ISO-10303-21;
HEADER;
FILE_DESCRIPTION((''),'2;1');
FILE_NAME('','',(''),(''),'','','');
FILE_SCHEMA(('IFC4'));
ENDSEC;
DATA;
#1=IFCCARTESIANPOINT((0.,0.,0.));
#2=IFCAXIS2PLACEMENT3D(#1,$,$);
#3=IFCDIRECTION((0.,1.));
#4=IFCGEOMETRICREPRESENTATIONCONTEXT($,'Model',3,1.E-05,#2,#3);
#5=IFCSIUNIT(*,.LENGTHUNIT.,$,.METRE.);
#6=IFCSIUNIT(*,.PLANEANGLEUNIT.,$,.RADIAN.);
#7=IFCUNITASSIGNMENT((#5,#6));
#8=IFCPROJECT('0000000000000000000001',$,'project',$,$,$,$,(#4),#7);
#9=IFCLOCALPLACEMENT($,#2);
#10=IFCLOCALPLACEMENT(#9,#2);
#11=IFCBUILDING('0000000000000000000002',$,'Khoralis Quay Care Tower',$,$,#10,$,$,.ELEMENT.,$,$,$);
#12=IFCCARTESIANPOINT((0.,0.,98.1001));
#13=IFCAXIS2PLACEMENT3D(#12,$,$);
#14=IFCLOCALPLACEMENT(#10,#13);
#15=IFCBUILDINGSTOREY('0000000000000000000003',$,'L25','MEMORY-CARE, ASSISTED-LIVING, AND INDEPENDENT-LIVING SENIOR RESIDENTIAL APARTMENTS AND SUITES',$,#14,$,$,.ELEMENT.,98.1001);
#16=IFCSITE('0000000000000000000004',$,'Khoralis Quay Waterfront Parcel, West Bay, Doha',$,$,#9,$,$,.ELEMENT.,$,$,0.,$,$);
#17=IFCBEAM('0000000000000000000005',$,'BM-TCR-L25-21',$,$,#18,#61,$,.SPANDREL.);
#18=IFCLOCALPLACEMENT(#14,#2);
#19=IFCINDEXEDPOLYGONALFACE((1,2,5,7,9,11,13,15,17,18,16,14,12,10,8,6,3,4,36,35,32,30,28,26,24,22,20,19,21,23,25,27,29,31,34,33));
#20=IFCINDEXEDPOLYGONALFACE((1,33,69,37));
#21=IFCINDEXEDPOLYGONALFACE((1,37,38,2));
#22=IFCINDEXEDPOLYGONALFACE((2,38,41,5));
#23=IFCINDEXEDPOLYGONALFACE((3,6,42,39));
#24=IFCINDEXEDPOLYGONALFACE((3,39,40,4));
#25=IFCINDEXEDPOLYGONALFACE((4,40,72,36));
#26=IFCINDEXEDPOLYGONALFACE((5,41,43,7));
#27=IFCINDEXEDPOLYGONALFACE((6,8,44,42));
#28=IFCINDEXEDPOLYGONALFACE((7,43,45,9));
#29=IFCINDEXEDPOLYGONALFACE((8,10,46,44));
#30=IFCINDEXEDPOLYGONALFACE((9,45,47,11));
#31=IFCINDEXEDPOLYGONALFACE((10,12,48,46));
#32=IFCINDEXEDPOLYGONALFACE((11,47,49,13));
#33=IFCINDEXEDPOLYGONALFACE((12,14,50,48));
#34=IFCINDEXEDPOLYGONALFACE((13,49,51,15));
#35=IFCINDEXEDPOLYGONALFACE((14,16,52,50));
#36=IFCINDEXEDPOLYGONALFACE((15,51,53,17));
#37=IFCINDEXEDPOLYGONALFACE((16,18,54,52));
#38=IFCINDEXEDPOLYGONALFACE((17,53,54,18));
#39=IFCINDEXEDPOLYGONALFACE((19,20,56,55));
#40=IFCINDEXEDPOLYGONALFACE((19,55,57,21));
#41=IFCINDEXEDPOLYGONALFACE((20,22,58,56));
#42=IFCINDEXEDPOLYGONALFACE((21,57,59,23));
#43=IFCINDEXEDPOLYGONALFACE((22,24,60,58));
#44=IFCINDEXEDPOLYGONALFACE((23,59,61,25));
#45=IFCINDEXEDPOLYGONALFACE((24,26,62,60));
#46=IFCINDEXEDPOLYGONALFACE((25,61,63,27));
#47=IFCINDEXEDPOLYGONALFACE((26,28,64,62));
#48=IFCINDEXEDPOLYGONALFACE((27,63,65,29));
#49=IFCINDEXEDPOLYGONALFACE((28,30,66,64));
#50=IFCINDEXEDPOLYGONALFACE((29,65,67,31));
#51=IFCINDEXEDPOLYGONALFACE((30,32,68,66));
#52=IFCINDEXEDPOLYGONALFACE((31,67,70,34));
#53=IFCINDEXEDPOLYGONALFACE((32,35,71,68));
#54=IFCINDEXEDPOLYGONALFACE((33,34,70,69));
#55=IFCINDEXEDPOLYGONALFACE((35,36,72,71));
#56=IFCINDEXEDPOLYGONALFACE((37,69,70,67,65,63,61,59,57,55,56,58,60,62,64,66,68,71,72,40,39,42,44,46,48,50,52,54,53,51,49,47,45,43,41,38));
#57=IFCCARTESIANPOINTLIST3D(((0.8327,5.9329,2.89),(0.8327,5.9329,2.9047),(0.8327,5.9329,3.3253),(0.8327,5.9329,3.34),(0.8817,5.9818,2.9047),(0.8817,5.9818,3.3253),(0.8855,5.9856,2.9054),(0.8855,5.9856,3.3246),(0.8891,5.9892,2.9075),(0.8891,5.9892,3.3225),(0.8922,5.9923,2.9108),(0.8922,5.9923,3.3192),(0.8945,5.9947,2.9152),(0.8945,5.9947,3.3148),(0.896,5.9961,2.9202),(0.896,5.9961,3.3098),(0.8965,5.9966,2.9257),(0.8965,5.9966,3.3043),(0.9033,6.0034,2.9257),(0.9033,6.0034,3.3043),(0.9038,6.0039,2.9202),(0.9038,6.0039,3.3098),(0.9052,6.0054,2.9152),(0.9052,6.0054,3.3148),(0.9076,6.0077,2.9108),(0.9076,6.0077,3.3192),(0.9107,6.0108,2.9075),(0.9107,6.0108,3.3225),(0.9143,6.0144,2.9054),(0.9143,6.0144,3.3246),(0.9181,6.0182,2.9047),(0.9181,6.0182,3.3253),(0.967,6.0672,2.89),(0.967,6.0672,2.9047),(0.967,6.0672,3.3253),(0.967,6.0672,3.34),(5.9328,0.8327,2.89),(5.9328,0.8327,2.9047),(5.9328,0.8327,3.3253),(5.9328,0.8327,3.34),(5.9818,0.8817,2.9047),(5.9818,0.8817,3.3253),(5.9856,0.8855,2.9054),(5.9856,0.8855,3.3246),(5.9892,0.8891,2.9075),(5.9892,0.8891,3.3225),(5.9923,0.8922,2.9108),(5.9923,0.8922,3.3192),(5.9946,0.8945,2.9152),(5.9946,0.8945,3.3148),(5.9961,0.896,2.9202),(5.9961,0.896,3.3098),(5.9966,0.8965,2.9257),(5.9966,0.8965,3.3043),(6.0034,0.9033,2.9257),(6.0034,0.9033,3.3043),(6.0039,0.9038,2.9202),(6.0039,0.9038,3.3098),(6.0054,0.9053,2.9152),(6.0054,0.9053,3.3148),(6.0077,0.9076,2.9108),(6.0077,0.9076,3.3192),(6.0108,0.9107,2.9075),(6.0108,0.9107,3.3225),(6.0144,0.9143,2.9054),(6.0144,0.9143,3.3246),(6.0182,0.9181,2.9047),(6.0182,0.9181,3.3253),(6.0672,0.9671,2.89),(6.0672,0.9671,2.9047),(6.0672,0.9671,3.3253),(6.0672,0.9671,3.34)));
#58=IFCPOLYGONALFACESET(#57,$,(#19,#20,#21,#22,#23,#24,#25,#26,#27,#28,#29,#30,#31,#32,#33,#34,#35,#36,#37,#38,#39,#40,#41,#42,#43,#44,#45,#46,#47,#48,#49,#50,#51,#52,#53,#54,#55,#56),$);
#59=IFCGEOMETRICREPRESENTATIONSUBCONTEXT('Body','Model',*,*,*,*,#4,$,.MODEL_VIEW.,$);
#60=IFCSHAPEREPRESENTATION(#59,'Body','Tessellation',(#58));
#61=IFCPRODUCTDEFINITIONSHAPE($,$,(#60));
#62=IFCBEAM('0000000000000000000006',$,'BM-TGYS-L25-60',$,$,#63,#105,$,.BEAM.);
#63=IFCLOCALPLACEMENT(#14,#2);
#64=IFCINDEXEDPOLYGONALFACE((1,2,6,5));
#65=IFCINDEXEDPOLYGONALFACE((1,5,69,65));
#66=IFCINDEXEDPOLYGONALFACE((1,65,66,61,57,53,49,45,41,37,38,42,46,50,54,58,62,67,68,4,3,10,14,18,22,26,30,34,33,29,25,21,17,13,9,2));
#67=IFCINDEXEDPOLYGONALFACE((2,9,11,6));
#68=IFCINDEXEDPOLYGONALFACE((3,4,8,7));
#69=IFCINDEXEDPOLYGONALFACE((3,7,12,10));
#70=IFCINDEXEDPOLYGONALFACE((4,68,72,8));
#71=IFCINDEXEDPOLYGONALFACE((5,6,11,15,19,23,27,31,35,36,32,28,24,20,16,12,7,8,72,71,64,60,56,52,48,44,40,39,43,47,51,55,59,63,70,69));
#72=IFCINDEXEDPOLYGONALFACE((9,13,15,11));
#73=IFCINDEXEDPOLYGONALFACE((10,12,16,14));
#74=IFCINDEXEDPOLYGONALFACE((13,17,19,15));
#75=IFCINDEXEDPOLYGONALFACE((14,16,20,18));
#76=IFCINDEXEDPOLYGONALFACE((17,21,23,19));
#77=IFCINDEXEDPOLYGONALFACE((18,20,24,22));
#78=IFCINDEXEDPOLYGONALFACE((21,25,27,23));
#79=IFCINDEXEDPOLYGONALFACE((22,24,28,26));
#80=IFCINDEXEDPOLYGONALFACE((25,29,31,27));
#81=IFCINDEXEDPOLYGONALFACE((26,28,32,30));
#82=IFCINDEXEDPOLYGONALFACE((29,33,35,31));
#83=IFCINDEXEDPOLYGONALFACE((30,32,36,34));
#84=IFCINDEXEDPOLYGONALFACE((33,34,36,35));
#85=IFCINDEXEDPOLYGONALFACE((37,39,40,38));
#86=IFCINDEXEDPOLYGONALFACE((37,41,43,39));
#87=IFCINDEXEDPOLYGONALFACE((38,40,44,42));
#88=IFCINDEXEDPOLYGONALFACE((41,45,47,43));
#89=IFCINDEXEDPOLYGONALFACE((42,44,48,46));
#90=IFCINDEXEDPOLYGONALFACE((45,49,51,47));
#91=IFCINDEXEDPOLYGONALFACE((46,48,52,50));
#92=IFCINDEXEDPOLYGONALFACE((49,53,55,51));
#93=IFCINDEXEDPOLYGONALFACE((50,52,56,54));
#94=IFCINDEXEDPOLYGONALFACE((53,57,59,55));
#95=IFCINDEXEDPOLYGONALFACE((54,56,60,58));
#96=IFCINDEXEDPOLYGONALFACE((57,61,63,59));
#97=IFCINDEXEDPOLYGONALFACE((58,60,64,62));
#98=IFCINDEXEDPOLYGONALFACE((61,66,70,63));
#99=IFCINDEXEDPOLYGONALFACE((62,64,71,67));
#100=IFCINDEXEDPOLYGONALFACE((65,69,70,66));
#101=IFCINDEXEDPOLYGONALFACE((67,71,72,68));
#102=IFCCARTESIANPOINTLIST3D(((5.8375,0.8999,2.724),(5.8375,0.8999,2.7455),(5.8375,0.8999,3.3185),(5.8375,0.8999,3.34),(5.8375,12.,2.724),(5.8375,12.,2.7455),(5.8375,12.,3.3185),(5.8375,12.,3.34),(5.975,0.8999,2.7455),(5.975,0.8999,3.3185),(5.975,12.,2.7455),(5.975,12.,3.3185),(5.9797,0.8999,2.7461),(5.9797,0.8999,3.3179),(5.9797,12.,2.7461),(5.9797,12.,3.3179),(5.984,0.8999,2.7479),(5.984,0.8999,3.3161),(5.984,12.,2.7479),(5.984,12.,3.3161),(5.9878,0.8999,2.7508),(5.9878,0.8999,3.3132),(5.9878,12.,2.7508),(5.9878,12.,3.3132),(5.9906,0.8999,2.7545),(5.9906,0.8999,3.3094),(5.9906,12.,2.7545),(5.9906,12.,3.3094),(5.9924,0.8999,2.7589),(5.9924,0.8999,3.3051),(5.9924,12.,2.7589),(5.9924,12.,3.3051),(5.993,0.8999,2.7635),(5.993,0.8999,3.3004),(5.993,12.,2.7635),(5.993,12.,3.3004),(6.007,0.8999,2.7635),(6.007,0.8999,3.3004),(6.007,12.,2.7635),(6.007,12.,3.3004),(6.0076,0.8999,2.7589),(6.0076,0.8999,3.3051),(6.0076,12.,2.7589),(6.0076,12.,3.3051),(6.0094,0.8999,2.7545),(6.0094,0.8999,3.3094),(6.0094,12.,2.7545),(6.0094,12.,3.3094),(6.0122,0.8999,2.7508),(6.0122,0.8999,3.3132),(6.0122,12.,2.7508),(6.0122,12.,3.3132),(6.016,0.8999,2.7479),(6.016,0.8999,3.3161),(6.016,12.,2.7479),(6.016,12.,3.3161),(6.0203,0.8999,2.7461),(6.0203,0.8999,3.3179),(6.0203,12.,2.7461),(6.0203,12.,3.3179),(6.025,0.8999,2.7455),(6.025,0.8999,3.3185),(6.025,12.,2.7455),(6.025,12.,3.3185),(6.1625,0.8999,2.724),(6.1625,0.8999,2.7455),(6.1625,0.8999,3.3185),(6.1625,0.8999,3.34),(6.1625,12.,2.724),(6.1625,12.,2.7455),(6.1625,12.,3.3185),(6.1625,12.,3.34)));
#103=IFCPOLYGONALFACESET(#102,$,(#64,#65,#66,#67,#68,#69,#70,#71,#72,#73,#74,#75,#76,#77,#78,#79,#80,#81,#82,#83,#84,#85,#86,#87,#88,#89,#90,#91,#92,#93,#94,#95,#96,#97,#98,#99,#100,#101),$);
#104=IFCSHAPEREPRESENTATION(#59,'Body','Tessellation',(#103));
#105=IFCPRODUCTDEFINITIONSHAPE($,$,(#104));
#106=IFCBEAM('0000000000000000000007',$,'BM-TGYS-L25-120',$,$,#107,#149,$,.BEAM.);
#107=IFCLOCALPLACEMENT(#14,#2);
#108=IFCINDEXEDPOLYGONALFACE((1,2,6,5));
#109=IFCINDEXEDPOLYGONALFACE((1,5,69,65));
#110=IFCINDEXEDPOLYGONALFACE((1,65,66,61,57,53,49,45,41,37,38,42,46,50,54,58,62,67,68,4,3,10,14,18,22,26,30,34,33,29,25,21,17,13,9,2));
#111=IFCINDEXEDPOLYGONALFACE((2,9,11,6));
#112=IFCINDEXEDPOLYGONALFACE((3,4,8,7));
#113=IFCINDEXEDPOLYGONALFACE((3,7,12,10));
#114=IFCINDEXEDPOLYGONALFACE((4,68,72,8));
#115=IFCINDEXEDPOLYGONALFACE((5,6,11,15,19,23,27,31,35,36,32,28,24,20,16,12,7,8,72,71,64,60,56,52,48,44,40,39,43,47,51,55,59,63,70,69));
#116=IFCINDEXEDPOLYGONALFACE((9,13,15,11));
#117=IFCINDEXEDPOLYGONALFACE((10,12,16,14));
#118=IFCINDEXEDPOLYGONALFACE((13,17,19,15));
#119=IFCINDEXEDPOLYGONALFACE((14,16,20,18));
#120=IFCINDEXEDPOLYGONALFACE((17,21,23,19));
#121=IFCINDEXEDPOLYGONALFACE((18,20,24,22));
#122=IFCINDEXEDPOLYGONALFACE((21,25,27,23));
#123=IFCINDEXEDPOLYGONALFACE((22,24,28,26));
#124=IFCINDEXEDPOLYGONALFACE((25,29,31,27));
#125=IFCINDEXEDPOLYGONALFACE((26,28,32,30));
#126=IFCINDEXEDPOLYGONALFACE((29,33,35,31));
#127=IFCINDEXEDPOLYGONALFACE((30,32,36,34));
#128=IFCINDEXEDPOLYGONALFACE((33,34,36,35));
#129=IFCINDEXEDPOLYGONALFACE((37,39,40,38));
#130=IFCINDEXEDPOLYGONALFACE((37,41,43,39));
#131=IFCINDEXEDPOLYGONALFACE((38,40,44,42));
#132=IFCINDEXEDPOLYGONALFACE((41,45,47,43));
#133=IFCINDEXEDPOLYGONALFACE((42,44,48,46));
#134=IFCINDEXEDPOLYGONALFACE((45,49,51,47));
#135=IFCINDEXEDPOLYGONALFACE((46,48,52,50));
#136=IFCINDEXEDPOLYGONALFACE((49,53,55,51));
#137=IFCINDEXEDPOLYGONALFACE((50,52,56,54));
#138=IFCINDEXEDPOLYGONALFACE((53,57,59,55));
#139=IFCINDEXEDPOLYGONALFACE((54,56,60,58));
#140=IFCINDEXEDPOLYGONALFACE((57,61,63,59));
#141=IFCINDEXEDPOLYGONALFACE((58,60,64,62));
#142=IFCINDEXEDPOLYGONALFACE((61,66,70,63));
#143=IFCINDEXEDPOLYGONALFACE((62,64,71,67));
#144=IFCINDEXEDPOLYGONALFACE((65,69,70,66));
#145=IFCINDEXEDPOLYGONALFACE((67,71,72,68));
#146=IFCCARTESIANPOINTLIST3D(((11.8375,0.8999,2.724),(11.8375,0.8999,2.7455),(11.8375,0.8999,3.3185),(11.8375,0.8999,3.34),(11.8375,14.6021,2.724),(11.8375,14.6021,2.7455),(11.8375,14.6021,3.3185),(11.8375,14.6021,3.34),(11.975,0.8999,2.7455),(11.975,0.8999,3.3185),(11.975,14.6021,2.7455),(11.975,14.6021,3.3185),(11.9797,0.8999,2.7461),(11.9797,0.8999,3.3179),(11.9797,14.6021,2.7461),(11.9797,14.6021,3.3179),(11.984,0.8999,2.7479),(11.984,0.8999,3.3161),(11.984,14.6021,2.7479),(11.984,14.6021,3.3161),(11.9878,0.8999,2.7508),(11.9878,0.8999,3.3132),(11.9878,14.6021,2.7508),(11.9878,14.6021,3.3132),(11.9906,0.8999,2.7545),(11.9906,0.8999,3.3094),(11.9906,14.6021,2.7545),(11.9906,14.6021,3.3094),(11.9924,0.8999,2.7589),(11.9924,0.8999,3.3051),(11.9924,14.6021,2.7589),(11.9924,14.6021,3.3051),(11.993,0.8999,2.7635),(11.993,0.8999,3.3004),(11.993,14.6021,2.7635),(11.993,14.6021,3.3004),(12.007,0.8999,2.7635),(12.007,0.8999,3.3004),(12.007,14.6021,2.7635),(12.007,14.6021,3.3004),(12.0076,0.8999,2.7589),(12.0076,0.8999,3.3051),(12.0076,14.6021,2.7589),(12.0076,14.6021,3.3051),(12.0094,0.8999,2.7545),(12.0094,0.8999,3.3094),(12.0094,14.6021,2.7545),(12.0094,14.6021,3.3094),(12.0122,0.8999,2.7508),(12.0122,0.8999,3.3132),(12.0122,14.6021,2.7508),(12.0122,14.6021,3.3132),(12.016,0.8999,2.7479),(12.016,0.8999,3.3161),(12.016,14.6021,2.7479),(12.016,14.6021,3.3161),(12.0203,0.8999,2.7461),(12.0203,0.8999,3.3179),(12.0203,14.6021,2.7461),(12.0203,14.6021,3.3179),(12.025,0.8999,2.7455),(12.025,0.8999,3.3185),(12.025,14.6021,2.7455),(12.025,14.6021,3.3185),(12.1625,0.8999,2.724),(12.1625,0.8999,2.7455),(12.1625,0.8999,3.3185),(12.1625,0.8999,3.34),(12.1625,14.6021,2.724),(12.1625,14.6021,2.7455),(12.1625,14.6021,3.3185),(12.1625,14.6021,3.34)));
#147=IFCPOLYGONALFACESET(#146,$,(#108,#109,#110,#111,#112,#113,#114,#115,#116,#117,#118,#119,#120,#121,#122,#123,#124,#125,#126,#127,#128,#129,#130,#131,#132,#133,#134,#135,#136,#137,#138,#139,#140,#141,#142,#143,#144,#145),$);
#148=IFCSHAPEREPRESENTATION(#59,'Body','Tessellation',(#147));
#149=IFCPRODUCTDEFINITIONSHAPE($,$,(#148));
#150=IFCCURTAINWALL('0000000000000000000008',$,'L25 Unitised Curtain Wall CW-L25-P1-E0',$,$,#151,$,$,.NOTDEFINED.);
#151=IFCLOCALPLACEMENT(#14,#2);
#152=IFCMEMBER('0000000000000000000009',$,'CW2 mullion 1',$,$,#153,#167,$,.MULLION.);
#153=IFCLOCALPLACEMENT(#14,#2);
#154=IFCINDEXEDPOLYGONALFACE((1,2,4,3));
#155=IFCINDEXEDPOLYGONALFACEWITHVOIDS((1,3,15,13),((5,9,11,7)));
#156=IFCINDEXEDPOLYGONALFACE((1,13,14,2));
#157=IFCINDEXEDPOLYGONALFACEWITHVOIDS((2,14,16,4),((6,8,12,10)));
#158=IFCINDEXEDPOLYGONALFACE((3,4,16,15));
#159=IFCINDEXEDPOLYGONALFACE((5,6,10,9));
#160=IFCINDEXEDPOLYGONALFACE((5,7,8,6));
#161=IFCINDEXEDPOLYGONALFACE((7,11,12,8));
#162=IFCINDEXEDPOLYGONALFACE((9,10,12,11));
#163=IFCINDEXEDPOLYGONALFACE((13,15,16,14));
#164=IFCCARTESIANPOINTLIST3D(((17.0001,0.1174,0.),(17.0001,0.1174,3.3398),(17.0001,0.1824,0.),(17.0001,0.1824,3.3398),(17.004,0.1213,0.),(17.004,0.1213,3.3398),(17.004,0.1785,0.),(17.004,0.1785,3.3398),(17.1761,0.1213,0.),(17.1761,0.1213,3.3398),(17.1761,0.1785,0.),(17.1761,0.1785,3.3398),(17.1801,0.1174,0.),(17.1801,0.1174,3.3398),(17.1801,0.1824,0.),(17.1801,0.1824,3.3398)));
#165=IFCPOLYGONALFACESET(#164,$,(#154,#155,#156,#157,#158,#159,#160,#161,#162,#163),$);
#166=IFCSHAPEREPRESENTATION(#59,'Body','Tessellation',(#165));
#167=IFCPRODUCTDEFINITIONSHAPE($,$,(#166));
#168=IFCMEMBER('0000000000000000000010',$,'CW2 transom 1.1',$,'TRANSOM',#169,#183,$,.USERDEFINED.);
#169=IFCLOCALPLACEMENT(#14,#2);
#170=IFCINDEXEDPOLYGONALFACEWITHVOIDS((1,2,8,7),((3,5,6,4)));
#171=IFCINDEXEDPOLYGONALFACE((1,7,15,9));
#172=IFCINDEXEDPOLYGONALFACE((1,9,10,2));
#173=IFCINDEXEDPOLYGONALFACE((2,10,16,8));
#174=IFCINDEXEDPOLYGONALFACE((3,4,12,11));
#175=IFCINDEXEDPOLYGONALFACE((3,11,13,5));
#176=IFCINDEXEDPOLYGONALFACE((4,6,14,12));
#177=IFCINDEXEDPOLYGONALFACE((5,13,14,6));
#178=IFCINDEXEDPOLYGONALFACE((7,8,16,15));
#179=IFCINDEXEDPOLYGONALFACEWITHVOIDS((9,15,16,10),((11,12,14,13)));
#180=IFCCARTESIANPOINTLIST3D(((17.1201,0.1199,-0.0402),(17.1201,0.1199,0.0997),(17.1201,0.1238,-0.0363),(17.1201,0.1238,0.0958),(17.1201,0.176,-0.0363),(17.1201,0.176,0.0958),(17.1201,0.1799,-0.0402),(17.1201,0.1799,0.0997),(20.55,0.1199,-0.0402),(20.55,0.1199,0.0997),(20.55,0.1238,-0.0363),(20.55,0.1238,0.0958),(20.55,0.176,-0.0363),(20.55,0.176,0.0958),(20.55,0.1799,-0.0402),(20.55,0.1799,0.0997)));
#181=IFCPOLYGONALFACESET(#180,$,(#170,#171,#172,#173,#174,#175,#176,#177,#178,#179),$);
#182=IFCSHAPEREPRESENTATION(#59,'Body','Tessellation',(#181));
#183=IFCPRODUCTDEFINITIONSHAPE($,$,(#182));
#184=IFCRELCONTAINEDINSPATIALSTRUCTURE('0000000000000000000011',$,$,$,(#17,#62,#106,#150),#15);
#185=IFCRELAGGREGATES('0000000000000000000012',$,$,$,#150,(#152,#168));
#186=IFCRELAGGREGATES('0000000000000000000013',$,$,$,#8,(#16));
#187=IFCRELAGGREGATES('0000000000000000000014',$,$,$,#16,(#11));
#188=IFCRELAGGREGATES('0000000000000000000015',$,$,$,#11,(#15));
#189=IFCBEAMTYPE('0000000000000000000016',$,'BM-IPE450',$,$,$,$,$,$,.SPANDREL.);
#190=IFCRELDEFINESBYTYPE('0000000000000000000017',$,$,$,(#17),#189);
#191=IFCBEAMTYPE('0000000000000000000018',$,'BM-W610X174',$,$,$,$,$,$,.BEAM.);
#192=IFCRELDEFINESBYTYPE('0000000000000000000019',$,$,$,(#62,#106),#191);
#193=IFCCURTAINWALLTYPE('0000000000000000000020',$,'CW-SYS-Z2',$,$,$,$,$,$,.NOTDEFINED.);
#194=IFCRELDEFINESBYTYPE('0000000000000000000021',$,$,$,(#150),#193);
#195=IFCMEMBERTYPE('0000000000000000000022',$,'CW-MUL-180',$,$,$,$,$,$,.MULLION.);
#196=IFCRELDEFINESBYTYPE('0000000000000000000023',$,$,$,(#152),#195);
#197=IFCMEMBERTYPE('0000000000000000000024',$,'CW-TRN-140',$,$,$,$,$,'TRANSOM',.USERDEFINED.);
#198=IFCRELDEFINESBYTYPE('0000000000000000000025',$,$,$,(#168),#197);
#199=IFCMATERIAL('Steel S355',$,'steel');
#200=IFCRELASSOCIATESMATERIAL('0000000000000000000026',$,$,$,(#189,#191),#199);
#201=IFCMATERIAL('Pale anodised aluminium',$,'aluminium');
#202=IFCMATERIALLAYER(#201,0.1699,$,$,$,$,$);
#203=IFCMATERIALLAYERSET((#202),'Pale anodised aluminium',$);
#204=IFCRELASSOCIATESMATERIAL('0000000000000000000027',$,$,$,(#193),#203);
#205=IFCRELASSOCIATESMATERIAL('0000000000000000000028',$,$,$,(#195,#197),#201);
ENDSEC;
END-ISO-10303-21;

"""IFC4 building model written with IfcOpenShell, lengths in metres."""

from ifc_helpers import new_model, si_unit, direction, frame, origin, origin_2d, place, context, subcontext, project, spatial, hollow_rectangle, i_section, extrude, source, transform, mapped, material, layer, layer_set, material_profile, profile_set, type_object, element, aggregate, save


model = new_model("IFC4")

# Units and contexts
model_context = context("Model", 3, precision=1e-05, world=origin(), true_north=direction((0.0, 1.0)))
body_context = subcontext(model_context, "Body", "Model", "MODEL_VIEW")
ifc_project = project(units=[si_unit("LENGTHUNIT", "METRE"), si_unit("PLANEANGLEUNIT", "RADIAN")], contexts=[model_context])

# Site, building, storey
site_placement = place(None, origin())
site = spatial("IfcSite", under=ifc_project, at=site_placement, Name="Khoralis Quay Waterfront Parcel, West Bay, Doha", CompositionType="ELEMENT", RefElevation=0.0)
building_placement = place(site_placement, origin())
building = spatial("IfcBuilding", under=site, at=building_placement, Name="Khoralis Quay Care Tower", CompositionType="ELEMENT")
storey_placement = place(building_placement, frame((0.0, 0.0, 98.1001)))
storey = spatial("IfcBuildingStorey", under=building, at=storey_placement, Name="L25", Description="MEMORY-CARE, ASSISTED-LIVING, AND INDEPENDENT-LIVING SENIOR RESIDENTIAL APARTMENTS AND SUITES", CompositionType="ELEMENT", Elevation=98.1001)

# Beams
ifc_material_1 = material(Name="Steel S355", Category="steel")
ifc_material_profile_1 = material_profile(ifc_material_1, i_section(OverallWidth=0.1899, OverallDepth=0.45, WebThickness=0.0095, FlangeThickness=0.0146, FilletRadius=0.021, at=origin_2d()), Name="Steel S355")
ifc_profile_set_1 = profile_set([ifc_material_profile_1], Name="Steel S355")
beam_type_1 = type_object("IfcBeamType", Name="BM-IPE450", PredefinedType="SPANDREL", material=ifc_profile_set_1)
shared_shape_1 = source(origin(), body_context, "Body", "SweptSolid", [
    extrude(i_section(OverallWidth=0.1899, OverallDepth=0.45, WebThickness=0.0095, FlangeThickness=0.0146, FilletRadius=0.021, at=origin_2d()), origin(), (0.0, 0.0, 1.0), 7.2126),
])
beam_1_placement = place(storey_placement, frame((6.0, 0.8999, 3.115), z_axis=(-0.707107, 0.707107, 0.0), x_axis=(-0.707107, -0.707107, 0.0)))
element("IfcBeam", 1, at=beam_1_placement, inside=storey, type_object=beam_type_1, Name="BM-TCR-L25-21", PredefinedType="SPANDREL", context=body_context, shape_type="MappedRepresentation", body=[
    mapped(shared_shape_1, transform((0.0, 0.0, 0.0), scale=1.0)),
])
ifc_material_profile_2 = material_profile(ifc_material_1, i_section(OverallWidth=0.325, OverallDepth=0.616, WebThickness=0.0139, FlangeThickness=0.0215, FilletRadius=0.0181, at=origin_2d()), Name="Steel S355")
ifc_profile_set_2 = profile_set([ifc_material_profile_2], Name="Steel S355")
beam_type_2 = type_object("IfcBeamType", Name="BM-W610X174", PredefinedType="BEAM", material=ifc_profile_set_2)
shared_shape_2 = source(origin(), body_context, "Body", "SweptSolid", [
    extrude(i_section(OverallWidth=0.325, OverallDepth=0.616, WebThickness=0.0139, FlangeThickness=0.0215, FilletRadius=0.0181, at=origin_2d()), origin(), (0.0, 0.0, 1.0), 11.1001),
])
beam_2_placement = place(storey_placement, frame((6.0, 0.8999, 3.032), z_axis=(0.0, 1.0, 0.0), x_axis=(-1.0, 0.0, 0.0)))
element("IfcBeam", 2, at=beam_2_placement, inside=storey, type_object=beam_type_2, Name="BM-TGYS-L25-60", PredefinedType="BEAM", context=body_context, shape_type="MappedRepresentation", body=[
    mapped(shared_shape_2, transform((0.0, 0.0, 0.0), scale=1.0)),
])
shared_shape_3 = source(origin(), body_context, "Body", "SweptSolid", [
    extrude(i_section(OverallWidth=0.325, OverallDepth=0.616, WebThickness=0.0139, FlangeThickness=0.0215, FilletRadius=0.0181, at=origin_2d()), origin(), (0.0, 0.0, 1.0), 13.7021),
])
beam_3_placement = place(storey_placement, frame((12.0, 0.8999, 3.032), z_axis=(0.0, 1.0, 0.0), x_axis=(-1.0, 0.0, 0.0)))
element("IfcBeam", 3, at=beam_3_placement, inside=storey, type_object=beam_type_2, Name="BM-TGYS-L25-120", PredefinedType="BEAM", context=body_context, shape_type="MappedRepresentation", body=[
    mapped(shared_shape_3, transform((0.0, 0.0, 0.0), scale=1.0)),
])

# Curtain wall, members
ifc_material_2 = material(Name="Pale anodised aluminium", Category="aluminium")
ifc_layer_1 = layer(ifc_material_2, 0.1699)
ifc_layer_set_1 = layer_set([ifc_layer_1], Name="Pale anodised aluminium")
curtain_wall_type = type_object("IfcCurtainWallType", Name="CW-SYS-Z2", PredefinedType="NOTDEFINED", material=ifc_layer_set_1)
curtain_wall_placement = place(storey_placement, origin())
curtain_wall = element("IfcCurtainWall", 4, at=curtain_wall_placement, inside=storey, type_object=curtain_wall_type, Name="L25 Unitised Curtain Wall CW-L25-P1-E0", PredefinedType="NOTDEFINED")
ifc_material_profile_3 = material_profile(ifc_material_2, hollow_rectangle(XDim=0.0649, YDim=0.1799, WallThickness=0.0039, at=origin_2d()), Name="Pale anodised aluminium")
ifc_profile_set_3 = profile_set([ifc_material_profile_3], Name="Pale anodised aluminium")
member_type_1 = type_object("IfcMemberType", Name="CW-MUL-180", PredefinedType="MULLION", material=ifc_profile_set_3)
shared_shape_4 = source(origin(), body_context, "Body", "SweptSolid", [
    extrude(hollow_rectangle(XDim=0.0649, YDim=0.1799, WallThickness=0.0039, at=origin_2d()), origin(), (0.0, 0.0, 1.0), 3.3398),
])
member_1_placement = place(storey_placement, frame((17.0901, 0.1499, 0.0), z_axis=(0.0, 0.0, 1.0), x_axis=(0.0, 1.0, 0.0)))
member_1 = element("IfcMember", 5, at=member_1_placement, type_object=member_type_1, Name="CW2 mullion 1", PredefinedType="MULLION", context=body_context, shape_type="MappedRepresentation", body=[
    mapped(shared_shape_4, transform((0.0, 0.0, 0.0), scale=1.0)),
])
ifc_material_profile_4 = material_profile(ifc_material_2, hollow_rectangle(XDim=0.0601, YDim=0.1399, WallThickness=0.0039, at=origin_2d()), Name="Pale anodised aluminium")
ifc_profile_set_4 = profile_set([ifc_material_profile_4], Name="Pale anodised aluminium")
member_type_2 = type_object("IfcMemberType", Name="CW-TRN-140", ElementType="TRANSOM", PredefinedType="USERDEFINED", material=ifc_profile_set_4)
shared_shape_5 = source(origin(), body_context, "Body", "SweptSolid", [
    extrude(hollow_rectangle(XDim=0.0601, YDim=0.1399, WallThickness=0.0039, at=origin_2d()), origin(), (0.0, 0.0, 1.0), 3.4299),
])
member_2_placement = place(storey_placement, frame((17.1201, 0.1499, 0.0298), z_axis=(1.0, 0.0, 0.0), x_axis=(0.0, 1.0, 0.0)))
member_2 = element("IfcMember", 6, at=member_2_placement, type_object=member_type_2, Name="CW2 transom 1.1", ObjectType="TRANSOM", PredefinedType="USERDEFINED", context=body_context, shape_type="MappedRepresentation", body=[
    mapped(shared_shape_5, transform((0.0, 0.0, 0.0), scale=1.0)),
])
aggregate(curtain_wall, [member_1, member_2])

save(model, "model.ifc")
